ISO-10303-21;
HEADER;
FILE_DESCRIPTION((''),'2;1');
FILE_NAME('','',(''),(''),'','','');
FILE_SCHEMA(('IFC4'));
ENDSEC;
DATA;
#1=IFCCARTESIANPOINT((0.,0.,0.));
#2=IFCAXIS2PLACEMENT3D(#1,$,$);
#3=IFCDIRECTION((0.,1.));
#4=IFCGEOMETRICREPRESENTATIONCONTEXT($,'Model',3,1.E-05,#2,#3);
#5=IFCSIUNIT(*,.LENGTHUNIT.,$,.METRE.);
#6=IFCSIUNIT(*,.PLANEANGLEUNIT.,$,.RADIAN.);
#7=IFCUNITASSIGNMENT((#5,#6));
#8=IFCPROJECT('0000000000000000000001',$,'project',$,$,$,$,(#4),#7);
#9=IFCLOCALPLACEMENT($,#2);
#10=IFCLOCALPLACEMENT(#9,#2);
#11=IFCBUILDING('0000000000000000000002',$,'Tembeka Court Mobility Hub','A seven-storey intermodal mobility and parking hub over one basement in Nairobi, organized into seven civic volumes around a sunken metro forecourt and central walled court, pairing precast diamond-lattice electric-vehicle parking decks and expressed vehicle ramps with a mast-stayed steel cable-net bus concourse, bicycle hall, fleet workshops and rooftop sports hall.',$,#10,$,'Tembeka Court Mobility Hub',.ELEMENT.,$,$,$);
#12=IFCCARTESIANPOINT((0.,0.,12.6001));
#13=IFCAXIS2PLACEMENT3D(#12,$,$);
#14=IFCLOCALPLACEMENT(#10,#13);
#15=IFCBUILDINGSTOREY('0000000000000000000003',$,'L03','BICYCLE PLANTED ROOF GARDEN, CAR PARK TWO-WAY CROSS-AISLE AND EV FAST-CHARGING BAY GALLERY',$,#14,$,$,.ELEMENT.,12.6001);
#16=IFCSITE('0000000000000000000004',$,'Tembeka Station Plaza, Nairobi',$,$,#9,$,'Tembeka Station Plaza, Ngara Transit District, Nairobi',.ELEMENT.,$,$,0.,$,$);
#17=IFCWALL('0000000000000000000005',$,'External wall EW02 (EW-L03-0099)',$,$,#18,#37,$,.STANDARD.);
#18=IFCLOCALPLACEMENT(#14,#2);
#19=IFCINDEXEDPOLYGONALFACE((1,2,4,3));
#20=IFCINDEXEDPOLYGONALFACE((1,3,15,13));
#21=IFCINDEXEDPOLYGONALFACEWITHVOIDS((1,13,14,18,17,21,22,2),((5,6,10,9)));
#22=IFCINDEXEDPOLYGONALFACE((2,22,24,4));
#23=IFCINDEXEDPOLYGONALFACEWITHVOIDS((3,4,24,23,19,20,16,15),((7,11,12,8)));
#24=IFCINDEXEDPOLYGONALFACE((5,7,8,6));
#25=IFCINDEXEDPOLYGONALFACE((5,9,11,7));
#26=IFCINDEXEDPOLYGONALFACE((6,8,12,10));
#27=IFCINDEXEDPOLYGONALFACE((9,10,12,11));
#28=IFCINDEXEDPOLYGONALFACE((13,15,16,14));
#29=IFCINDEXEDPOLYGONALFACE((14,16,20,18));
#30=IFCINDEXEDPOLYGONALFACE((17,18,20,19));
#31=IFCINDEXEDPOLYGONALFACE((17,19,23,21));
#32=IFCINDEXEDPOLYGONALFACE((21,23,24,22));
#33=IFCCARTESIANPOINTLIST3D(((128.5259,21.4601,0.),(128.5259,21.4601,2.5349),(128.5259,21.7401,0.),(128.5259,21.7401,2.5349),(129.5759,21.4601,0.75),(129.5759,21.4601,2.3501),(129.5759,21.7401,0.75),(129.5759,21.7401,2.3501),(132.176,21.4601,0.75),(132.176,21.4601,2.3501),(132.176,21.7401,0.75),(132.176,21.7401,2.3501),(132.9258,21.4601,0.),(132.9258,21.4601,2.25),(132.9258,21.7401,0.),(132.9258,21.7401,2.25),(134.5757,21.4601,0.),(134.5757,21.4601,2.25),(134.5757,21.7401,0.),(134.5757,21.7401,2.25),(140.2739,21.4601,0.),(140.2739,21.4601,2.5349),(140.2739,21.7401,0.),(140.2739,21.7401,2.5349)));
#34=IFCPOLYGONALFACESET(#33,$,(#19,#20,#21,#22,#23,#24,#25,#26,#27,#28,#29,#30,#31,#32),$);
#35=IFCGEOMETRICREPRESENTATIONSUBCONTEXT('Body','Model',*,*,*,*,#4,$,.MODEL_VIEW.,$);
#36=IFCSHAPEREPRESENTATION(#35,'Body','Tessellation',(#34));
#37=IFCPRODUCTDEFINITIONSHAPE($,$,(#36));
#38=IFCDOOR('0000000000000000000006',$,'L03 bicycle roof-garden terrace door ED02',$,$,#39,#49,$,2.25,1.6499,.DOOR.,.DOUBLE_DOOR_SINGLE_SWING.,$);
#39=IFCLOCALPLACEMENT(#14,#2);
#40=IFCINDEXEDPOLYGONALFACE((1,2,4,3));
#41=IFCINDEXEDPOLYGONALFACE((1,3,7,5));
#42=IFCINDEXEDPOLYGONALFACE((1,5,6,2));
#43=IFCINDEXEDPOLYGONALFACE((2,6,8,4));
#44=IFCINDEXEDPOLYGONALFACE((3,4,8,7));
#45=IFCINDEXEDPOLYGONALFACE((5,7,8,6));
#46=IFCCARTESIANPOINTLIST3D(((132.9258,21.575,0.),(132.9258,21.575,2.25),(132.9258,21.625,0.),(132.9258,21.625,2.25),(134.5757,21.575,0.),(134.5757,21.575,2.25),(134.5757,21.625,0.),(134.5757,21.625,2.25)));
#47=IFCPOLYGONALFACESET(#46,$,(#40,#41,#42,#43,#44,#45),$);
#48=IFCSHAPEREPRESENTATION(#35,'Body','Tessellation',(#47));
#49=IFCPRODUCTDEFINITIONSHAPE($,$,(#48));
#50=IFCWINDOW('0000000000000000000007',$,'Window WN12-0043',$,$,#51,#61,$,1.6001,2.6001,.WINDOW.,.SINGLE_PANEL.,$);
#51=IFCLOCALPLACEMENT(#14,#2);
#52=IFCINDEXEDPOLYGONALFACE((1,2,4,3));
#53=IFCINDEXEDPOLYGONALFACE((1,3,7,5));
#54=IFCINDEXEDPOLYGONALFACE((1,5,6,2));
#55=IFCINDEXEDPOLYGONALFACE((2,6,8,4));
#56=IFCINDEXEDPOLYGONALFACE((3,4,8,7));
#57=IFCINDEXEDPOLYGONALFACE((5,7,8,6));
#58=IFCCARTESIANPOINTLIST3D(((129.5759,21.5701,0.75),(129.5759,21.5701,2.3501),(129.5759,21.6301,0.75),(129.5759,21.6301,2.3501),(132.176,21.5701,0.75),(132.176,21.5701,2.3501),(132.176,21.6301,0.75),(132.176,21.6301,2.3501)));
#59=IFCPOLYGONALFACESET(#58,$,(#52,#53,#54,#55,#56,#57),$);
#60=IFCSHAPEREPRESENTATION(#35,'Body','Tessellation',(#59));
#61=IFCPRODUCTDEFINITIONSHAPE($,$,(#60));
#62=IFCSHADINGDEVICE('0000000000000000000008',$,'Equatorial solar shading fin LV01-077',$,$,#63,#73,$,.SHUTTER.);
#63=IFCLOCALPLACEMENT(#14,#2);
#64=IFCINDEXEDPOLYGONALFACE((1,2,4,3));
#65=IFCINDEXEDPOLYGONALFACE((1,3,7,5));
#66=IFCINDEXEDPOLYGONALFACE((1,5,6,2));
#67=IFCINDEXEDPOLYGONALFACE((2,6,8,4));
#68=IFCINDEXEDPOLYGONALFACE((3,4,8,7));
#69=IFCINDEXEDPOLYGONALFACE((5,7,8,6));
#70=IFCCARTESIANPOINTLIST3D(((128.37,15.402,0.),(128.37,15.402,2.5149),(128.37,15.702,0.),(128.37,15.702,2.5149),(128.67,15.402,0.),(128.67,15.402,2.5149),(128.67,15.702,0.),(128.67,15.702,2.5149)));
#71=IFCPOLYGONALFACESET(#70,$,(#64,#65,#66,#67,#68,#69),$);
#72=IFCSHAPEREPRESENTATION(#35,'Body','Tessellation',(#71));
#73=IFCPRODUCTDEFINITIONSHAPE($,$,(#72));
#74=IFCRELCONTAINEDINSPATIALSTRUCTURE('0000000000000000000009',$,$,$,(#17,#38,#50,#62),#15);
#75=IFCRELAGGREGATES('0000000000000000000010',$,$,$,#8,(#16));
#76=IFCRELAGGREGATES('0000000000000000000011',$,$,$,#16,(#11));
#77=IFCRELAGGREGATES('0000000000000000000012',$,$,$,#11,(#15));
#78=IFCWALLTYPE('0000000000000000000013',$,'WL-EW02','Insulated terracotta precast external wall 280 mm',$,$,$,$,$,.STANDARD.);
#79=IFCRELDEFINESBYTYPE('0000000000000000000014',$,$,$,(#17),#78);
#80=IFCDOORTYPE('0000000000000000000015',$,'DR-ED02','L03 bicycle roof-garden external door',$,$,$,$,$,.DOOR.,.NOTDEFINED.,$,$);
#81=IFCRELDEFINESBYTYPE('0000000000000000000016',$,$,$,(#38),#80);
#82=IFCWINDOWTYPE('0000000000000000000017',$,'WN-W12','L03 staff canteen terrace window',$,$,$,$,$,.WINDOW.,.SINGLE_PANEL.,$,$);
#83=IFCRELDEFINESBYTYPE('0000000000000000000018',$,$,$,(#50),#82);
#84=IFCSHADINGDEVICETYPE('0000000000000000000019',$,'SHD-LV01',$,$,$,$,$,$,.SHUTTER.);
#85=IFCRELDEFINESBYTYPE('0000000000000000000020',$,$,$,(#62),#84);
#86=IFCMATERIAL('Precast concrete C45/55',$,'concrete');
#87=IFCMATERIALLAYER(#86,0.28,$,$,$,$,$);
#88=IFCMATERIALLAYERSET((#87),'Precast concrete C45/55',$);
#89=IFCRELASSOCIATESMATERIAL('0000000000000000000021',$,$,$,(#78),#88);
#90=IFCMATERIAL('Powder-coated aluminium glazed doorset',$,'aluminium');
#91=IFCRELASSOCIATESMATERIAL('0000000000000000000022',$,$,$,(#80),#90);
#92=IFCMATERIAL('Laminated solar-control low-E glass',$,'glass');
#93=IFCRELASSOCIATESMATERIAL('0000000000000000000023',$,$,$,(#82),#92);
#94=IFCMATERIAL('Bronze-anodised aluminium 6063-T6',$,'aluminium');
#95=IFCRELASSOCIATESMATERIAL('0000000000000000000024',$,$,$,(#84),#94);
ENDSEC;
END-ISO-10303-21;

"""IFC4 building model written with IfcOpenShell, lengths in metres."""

from ifc_helpers import new_model, si_unit, direction, frame, frame_2d, origin, origin_2d, place, context, subcontext, project, spatial, rectangle, extrude, material, layer, layer_set, material_profile, profile_set, type_object, element, fill, save


model = new_model("IFC4")

# Units and contexts
model_context = context("Model", 3, precision=1e-05, world=origin(), true_north=direction((0.0, 1.0)))
body_context = subcontext(model_context, "Body", "Model", "MODEL_VIEW")
ifc_project = project(units=[si_unit("LENGTHUNIT", "METRE"), si_unit("PLANEANGLEUNIT", "RADIAN")], contexts=[model_context])

# Site, building, storey
site_placement = place(None, origin())
site = spatial("IfcSite", under=ifc_project, at=site_placement, Name="Tembeka Station Plaza, Nairobi", LongName="Tembeka Station Plaza, Ngara Transit District, Nairobi", CompositionType="ELEMENT", RefElevation=0.0)
building_placement = place(site_placement, origin())
building = spatial("IfcBuilding", under=site, at=building_placement, Name="Tembeka Court Mobility Hub", Description="A seven-storey intermodal mobility and parking hub over one basement in Nairobi, organized into seven civic volumes around a sunken metro forecourt and central walled court, pairing precast diamond-lattice electric-vehicle parking decks and expressed vehicle ramps with a mast-stayed steel cable-net bus concourse, bicycle hall, fleet workshops and rooftop sports hall.", LongName="Tembeka Court Mobility Hub", CompositionType="ELEMENT")
storey_placement = place(building_placement, frame((0.0, 0.0, 12.6001)))
storey = spatial("IfcBuildingStorey", under=building, at=storey_placement, Name="L03", Description="BICYCLE PLANTED ROOF GARDEN, CAR PARK TWO-WAY CROSS-AISLE AND EV FAST-CHARGING BAY GALLERY", CompositionType="ELEMENT", Elevation=12.6001)

# Shared definitions
ifc_material_1 = material(Name="Laminated solar-control low-E glass", Category="glass")

# Wall, openings, door, window
ifc_material_2 = material(Name="Precast concrete C45/55", Category="concrete")
ifc_layer_1 = layer(ifc_material_2, 0.28)
ifc_layer_set_1 = layer_set([ifc_layer_1], Name="Precast concrete C45/55")
wall_type = type_object("IfcWallType", Name="WL-EW02", Description="Insulated terracotta precast external wall 280 mm", PredefinedType="STANDARD", material=ifc_layer_set_1)
wall_placement = place(storey_placement, frame((128.5259, 21.6001, 0.0), z_axis=(0.0, 0.0, 1.0), x_axis=(1.0, 0.0, 0.0)))
wall = element("IfcWall", 1, at=wall_placement, inside=storey, type_object=wall_type, Name="External wall EW02 (EW-L03-0099)", PredefinedType="STANDARD", context=body_context, shape_type="SweptSolid", body=[
    extrude(rectangle(XDim=11.748, YDim=0.28, at=frame_2d((5.874, 0.0))), origin(), (0.0, 0.0, 1.0), 2.5349),
])
opening_1_placement = place(wall_placement, frame((4.3999, 0.0, 0.0)))
opening_1 = element("IfcOpeningElement", 2, at=opening_1_placement, cuts=wall, PredefinedType="OPENING", context=body_context, shape_type="SweptSolid", body=[
    extrude(rectangle(XDim=1.6499, YDim=2.25, at=frame_2d((0.825, 1.125))), frame((0.0, 0.1499, 0.0), z_axis=(0.0, -1.0, 0.0), x_axis=(1.0, 0.0, 0.0)), (0.0, 0.0, 1.0), 0.3),
])
opening_2_placement = place(wall_placement, frame((1.05, 0.0, 0.75)))
opening_2 = element("IfcOpeningElement", 3, at=opening_2_placement, cuts=wall, PredefinedType="OPENING", context=body_context, shape_type="SweptSolid", body=[
    extrude(rectangle(XDim=2.6001, YDim=1.6001, at=frame_2d((1.3, 0.8))), frame((0.0, 0.1499, 0.0), z_axis=(0.0, -1.0, 0.0), x_axis=(1.0, 0.0, 0.0)), (0.0, 0.0, 1.0), 0.3),
])
ifc_material_3 = material(Name="Powder-coated aluminium glazed doorset", Category="aluminium")
door_type = type_object("IfcDoorType", Name="DR-ED02", Description="L03 bicycle roof-garden external door", OperationType="NOTDEFINED", PredefinedType="DOOR", material=ifc_material_3)
door_placement = place(opening_1_placement, origin())
door = element("IfcDoor", 4, at=door_placement, inside=storey, type_object=door_type, Name="L03 bicycle roof-garden terrace door ED02", OperationType="DOUBLE_DOOR_SINGLE_SWING", OverallHeight=2.25, OverallWidth=1.6499, PredefinedType="DOOR", context=body_context, shape_type="SweptSolid", body=[
    extrude(rectangle(XDim=1.6499, YDim=2.25, at=frame_2d((0.825, 1.125))), frame((0.0, 0.0249, 0.0), z_axis=(0.0, -1.0, 0.0), x_axis=(1.0, 0.0, 0.0)), (0.0, 0.0, 1.0), 0.05),
])
fill(opening_1, door)
window_type = type_object("IfcWindowType", Name="WN-W12", Description="L03 staff canteen terrace window", PartitioningType="SINGLE_PANEL", PredefinedType="WINDOW", material=ifc_material_1)
window_placement = place(opening_2_placement, origin())
window = element("IfcWindow", 5, at=window_placement, inside=storey, type_object=window_type, Name="Window WN12-0043", OverallHeight=1.6001, OverallWidth=2.6001, PartitioningType="SINGLE_PANEL", PredefinedType="WINDOW", context=body_context, shape_type="SweptSolid", body=[
    extrude(rectangle(XDim=2.6001, YDim=1.6001, at=frame_2d((1.3, 0.8))), frame((0.0, 0.03, 0.0), z_axis=(0.0, -1.0, 0.0), x_axis=(1.0, 0.0, 0.0)), (0.0, 0.0, 1.0), 0.0601),
])
fill(opening_2, window)

# Shading device
ifc_material_4 = material(Name="Bronze-anodised aluminium 6063-T6", Category="aluminium")
ifc_material_profile_1 = material_profile(ifc_material_4, rectangle(XDim=0.3, YDim=0.3, at=origin_2d()), Name="ALU-LVR 300x300")
ifc_profile_set_1 = profile_set([ifc_material_profile_1], Name="Bronze-anodised aluminium 6063-T6")
shading_device_type = type_object("IfcShadingDeviceType", Name="SHD-LV01", PredefinedType="SHUTTER", material=ifc_profile_set_1)
shading_device_placement = place(storey_placement, frame((128.52, 15.552, 0.0), z_axis=(0.0, 0.0, 1.0), x_axis=(1.0, 0.0, 0.0)))
element("IfcShadingDevice", 6, at=shading_device_placement, inside=storey, type_object=shading_device_type, Name="Equatorial solar shading fin LV01-077", PredefinedType="SHUTTER", context=body_context, shape_type="SweptSolid", body=[
    extrude(rectangle(XDim=0.3, YDim=0.3, at=origin_2d()), origin(), (0.0, 0.0, 1.0), 2.5149),
])

save(model, "model.ifc")
